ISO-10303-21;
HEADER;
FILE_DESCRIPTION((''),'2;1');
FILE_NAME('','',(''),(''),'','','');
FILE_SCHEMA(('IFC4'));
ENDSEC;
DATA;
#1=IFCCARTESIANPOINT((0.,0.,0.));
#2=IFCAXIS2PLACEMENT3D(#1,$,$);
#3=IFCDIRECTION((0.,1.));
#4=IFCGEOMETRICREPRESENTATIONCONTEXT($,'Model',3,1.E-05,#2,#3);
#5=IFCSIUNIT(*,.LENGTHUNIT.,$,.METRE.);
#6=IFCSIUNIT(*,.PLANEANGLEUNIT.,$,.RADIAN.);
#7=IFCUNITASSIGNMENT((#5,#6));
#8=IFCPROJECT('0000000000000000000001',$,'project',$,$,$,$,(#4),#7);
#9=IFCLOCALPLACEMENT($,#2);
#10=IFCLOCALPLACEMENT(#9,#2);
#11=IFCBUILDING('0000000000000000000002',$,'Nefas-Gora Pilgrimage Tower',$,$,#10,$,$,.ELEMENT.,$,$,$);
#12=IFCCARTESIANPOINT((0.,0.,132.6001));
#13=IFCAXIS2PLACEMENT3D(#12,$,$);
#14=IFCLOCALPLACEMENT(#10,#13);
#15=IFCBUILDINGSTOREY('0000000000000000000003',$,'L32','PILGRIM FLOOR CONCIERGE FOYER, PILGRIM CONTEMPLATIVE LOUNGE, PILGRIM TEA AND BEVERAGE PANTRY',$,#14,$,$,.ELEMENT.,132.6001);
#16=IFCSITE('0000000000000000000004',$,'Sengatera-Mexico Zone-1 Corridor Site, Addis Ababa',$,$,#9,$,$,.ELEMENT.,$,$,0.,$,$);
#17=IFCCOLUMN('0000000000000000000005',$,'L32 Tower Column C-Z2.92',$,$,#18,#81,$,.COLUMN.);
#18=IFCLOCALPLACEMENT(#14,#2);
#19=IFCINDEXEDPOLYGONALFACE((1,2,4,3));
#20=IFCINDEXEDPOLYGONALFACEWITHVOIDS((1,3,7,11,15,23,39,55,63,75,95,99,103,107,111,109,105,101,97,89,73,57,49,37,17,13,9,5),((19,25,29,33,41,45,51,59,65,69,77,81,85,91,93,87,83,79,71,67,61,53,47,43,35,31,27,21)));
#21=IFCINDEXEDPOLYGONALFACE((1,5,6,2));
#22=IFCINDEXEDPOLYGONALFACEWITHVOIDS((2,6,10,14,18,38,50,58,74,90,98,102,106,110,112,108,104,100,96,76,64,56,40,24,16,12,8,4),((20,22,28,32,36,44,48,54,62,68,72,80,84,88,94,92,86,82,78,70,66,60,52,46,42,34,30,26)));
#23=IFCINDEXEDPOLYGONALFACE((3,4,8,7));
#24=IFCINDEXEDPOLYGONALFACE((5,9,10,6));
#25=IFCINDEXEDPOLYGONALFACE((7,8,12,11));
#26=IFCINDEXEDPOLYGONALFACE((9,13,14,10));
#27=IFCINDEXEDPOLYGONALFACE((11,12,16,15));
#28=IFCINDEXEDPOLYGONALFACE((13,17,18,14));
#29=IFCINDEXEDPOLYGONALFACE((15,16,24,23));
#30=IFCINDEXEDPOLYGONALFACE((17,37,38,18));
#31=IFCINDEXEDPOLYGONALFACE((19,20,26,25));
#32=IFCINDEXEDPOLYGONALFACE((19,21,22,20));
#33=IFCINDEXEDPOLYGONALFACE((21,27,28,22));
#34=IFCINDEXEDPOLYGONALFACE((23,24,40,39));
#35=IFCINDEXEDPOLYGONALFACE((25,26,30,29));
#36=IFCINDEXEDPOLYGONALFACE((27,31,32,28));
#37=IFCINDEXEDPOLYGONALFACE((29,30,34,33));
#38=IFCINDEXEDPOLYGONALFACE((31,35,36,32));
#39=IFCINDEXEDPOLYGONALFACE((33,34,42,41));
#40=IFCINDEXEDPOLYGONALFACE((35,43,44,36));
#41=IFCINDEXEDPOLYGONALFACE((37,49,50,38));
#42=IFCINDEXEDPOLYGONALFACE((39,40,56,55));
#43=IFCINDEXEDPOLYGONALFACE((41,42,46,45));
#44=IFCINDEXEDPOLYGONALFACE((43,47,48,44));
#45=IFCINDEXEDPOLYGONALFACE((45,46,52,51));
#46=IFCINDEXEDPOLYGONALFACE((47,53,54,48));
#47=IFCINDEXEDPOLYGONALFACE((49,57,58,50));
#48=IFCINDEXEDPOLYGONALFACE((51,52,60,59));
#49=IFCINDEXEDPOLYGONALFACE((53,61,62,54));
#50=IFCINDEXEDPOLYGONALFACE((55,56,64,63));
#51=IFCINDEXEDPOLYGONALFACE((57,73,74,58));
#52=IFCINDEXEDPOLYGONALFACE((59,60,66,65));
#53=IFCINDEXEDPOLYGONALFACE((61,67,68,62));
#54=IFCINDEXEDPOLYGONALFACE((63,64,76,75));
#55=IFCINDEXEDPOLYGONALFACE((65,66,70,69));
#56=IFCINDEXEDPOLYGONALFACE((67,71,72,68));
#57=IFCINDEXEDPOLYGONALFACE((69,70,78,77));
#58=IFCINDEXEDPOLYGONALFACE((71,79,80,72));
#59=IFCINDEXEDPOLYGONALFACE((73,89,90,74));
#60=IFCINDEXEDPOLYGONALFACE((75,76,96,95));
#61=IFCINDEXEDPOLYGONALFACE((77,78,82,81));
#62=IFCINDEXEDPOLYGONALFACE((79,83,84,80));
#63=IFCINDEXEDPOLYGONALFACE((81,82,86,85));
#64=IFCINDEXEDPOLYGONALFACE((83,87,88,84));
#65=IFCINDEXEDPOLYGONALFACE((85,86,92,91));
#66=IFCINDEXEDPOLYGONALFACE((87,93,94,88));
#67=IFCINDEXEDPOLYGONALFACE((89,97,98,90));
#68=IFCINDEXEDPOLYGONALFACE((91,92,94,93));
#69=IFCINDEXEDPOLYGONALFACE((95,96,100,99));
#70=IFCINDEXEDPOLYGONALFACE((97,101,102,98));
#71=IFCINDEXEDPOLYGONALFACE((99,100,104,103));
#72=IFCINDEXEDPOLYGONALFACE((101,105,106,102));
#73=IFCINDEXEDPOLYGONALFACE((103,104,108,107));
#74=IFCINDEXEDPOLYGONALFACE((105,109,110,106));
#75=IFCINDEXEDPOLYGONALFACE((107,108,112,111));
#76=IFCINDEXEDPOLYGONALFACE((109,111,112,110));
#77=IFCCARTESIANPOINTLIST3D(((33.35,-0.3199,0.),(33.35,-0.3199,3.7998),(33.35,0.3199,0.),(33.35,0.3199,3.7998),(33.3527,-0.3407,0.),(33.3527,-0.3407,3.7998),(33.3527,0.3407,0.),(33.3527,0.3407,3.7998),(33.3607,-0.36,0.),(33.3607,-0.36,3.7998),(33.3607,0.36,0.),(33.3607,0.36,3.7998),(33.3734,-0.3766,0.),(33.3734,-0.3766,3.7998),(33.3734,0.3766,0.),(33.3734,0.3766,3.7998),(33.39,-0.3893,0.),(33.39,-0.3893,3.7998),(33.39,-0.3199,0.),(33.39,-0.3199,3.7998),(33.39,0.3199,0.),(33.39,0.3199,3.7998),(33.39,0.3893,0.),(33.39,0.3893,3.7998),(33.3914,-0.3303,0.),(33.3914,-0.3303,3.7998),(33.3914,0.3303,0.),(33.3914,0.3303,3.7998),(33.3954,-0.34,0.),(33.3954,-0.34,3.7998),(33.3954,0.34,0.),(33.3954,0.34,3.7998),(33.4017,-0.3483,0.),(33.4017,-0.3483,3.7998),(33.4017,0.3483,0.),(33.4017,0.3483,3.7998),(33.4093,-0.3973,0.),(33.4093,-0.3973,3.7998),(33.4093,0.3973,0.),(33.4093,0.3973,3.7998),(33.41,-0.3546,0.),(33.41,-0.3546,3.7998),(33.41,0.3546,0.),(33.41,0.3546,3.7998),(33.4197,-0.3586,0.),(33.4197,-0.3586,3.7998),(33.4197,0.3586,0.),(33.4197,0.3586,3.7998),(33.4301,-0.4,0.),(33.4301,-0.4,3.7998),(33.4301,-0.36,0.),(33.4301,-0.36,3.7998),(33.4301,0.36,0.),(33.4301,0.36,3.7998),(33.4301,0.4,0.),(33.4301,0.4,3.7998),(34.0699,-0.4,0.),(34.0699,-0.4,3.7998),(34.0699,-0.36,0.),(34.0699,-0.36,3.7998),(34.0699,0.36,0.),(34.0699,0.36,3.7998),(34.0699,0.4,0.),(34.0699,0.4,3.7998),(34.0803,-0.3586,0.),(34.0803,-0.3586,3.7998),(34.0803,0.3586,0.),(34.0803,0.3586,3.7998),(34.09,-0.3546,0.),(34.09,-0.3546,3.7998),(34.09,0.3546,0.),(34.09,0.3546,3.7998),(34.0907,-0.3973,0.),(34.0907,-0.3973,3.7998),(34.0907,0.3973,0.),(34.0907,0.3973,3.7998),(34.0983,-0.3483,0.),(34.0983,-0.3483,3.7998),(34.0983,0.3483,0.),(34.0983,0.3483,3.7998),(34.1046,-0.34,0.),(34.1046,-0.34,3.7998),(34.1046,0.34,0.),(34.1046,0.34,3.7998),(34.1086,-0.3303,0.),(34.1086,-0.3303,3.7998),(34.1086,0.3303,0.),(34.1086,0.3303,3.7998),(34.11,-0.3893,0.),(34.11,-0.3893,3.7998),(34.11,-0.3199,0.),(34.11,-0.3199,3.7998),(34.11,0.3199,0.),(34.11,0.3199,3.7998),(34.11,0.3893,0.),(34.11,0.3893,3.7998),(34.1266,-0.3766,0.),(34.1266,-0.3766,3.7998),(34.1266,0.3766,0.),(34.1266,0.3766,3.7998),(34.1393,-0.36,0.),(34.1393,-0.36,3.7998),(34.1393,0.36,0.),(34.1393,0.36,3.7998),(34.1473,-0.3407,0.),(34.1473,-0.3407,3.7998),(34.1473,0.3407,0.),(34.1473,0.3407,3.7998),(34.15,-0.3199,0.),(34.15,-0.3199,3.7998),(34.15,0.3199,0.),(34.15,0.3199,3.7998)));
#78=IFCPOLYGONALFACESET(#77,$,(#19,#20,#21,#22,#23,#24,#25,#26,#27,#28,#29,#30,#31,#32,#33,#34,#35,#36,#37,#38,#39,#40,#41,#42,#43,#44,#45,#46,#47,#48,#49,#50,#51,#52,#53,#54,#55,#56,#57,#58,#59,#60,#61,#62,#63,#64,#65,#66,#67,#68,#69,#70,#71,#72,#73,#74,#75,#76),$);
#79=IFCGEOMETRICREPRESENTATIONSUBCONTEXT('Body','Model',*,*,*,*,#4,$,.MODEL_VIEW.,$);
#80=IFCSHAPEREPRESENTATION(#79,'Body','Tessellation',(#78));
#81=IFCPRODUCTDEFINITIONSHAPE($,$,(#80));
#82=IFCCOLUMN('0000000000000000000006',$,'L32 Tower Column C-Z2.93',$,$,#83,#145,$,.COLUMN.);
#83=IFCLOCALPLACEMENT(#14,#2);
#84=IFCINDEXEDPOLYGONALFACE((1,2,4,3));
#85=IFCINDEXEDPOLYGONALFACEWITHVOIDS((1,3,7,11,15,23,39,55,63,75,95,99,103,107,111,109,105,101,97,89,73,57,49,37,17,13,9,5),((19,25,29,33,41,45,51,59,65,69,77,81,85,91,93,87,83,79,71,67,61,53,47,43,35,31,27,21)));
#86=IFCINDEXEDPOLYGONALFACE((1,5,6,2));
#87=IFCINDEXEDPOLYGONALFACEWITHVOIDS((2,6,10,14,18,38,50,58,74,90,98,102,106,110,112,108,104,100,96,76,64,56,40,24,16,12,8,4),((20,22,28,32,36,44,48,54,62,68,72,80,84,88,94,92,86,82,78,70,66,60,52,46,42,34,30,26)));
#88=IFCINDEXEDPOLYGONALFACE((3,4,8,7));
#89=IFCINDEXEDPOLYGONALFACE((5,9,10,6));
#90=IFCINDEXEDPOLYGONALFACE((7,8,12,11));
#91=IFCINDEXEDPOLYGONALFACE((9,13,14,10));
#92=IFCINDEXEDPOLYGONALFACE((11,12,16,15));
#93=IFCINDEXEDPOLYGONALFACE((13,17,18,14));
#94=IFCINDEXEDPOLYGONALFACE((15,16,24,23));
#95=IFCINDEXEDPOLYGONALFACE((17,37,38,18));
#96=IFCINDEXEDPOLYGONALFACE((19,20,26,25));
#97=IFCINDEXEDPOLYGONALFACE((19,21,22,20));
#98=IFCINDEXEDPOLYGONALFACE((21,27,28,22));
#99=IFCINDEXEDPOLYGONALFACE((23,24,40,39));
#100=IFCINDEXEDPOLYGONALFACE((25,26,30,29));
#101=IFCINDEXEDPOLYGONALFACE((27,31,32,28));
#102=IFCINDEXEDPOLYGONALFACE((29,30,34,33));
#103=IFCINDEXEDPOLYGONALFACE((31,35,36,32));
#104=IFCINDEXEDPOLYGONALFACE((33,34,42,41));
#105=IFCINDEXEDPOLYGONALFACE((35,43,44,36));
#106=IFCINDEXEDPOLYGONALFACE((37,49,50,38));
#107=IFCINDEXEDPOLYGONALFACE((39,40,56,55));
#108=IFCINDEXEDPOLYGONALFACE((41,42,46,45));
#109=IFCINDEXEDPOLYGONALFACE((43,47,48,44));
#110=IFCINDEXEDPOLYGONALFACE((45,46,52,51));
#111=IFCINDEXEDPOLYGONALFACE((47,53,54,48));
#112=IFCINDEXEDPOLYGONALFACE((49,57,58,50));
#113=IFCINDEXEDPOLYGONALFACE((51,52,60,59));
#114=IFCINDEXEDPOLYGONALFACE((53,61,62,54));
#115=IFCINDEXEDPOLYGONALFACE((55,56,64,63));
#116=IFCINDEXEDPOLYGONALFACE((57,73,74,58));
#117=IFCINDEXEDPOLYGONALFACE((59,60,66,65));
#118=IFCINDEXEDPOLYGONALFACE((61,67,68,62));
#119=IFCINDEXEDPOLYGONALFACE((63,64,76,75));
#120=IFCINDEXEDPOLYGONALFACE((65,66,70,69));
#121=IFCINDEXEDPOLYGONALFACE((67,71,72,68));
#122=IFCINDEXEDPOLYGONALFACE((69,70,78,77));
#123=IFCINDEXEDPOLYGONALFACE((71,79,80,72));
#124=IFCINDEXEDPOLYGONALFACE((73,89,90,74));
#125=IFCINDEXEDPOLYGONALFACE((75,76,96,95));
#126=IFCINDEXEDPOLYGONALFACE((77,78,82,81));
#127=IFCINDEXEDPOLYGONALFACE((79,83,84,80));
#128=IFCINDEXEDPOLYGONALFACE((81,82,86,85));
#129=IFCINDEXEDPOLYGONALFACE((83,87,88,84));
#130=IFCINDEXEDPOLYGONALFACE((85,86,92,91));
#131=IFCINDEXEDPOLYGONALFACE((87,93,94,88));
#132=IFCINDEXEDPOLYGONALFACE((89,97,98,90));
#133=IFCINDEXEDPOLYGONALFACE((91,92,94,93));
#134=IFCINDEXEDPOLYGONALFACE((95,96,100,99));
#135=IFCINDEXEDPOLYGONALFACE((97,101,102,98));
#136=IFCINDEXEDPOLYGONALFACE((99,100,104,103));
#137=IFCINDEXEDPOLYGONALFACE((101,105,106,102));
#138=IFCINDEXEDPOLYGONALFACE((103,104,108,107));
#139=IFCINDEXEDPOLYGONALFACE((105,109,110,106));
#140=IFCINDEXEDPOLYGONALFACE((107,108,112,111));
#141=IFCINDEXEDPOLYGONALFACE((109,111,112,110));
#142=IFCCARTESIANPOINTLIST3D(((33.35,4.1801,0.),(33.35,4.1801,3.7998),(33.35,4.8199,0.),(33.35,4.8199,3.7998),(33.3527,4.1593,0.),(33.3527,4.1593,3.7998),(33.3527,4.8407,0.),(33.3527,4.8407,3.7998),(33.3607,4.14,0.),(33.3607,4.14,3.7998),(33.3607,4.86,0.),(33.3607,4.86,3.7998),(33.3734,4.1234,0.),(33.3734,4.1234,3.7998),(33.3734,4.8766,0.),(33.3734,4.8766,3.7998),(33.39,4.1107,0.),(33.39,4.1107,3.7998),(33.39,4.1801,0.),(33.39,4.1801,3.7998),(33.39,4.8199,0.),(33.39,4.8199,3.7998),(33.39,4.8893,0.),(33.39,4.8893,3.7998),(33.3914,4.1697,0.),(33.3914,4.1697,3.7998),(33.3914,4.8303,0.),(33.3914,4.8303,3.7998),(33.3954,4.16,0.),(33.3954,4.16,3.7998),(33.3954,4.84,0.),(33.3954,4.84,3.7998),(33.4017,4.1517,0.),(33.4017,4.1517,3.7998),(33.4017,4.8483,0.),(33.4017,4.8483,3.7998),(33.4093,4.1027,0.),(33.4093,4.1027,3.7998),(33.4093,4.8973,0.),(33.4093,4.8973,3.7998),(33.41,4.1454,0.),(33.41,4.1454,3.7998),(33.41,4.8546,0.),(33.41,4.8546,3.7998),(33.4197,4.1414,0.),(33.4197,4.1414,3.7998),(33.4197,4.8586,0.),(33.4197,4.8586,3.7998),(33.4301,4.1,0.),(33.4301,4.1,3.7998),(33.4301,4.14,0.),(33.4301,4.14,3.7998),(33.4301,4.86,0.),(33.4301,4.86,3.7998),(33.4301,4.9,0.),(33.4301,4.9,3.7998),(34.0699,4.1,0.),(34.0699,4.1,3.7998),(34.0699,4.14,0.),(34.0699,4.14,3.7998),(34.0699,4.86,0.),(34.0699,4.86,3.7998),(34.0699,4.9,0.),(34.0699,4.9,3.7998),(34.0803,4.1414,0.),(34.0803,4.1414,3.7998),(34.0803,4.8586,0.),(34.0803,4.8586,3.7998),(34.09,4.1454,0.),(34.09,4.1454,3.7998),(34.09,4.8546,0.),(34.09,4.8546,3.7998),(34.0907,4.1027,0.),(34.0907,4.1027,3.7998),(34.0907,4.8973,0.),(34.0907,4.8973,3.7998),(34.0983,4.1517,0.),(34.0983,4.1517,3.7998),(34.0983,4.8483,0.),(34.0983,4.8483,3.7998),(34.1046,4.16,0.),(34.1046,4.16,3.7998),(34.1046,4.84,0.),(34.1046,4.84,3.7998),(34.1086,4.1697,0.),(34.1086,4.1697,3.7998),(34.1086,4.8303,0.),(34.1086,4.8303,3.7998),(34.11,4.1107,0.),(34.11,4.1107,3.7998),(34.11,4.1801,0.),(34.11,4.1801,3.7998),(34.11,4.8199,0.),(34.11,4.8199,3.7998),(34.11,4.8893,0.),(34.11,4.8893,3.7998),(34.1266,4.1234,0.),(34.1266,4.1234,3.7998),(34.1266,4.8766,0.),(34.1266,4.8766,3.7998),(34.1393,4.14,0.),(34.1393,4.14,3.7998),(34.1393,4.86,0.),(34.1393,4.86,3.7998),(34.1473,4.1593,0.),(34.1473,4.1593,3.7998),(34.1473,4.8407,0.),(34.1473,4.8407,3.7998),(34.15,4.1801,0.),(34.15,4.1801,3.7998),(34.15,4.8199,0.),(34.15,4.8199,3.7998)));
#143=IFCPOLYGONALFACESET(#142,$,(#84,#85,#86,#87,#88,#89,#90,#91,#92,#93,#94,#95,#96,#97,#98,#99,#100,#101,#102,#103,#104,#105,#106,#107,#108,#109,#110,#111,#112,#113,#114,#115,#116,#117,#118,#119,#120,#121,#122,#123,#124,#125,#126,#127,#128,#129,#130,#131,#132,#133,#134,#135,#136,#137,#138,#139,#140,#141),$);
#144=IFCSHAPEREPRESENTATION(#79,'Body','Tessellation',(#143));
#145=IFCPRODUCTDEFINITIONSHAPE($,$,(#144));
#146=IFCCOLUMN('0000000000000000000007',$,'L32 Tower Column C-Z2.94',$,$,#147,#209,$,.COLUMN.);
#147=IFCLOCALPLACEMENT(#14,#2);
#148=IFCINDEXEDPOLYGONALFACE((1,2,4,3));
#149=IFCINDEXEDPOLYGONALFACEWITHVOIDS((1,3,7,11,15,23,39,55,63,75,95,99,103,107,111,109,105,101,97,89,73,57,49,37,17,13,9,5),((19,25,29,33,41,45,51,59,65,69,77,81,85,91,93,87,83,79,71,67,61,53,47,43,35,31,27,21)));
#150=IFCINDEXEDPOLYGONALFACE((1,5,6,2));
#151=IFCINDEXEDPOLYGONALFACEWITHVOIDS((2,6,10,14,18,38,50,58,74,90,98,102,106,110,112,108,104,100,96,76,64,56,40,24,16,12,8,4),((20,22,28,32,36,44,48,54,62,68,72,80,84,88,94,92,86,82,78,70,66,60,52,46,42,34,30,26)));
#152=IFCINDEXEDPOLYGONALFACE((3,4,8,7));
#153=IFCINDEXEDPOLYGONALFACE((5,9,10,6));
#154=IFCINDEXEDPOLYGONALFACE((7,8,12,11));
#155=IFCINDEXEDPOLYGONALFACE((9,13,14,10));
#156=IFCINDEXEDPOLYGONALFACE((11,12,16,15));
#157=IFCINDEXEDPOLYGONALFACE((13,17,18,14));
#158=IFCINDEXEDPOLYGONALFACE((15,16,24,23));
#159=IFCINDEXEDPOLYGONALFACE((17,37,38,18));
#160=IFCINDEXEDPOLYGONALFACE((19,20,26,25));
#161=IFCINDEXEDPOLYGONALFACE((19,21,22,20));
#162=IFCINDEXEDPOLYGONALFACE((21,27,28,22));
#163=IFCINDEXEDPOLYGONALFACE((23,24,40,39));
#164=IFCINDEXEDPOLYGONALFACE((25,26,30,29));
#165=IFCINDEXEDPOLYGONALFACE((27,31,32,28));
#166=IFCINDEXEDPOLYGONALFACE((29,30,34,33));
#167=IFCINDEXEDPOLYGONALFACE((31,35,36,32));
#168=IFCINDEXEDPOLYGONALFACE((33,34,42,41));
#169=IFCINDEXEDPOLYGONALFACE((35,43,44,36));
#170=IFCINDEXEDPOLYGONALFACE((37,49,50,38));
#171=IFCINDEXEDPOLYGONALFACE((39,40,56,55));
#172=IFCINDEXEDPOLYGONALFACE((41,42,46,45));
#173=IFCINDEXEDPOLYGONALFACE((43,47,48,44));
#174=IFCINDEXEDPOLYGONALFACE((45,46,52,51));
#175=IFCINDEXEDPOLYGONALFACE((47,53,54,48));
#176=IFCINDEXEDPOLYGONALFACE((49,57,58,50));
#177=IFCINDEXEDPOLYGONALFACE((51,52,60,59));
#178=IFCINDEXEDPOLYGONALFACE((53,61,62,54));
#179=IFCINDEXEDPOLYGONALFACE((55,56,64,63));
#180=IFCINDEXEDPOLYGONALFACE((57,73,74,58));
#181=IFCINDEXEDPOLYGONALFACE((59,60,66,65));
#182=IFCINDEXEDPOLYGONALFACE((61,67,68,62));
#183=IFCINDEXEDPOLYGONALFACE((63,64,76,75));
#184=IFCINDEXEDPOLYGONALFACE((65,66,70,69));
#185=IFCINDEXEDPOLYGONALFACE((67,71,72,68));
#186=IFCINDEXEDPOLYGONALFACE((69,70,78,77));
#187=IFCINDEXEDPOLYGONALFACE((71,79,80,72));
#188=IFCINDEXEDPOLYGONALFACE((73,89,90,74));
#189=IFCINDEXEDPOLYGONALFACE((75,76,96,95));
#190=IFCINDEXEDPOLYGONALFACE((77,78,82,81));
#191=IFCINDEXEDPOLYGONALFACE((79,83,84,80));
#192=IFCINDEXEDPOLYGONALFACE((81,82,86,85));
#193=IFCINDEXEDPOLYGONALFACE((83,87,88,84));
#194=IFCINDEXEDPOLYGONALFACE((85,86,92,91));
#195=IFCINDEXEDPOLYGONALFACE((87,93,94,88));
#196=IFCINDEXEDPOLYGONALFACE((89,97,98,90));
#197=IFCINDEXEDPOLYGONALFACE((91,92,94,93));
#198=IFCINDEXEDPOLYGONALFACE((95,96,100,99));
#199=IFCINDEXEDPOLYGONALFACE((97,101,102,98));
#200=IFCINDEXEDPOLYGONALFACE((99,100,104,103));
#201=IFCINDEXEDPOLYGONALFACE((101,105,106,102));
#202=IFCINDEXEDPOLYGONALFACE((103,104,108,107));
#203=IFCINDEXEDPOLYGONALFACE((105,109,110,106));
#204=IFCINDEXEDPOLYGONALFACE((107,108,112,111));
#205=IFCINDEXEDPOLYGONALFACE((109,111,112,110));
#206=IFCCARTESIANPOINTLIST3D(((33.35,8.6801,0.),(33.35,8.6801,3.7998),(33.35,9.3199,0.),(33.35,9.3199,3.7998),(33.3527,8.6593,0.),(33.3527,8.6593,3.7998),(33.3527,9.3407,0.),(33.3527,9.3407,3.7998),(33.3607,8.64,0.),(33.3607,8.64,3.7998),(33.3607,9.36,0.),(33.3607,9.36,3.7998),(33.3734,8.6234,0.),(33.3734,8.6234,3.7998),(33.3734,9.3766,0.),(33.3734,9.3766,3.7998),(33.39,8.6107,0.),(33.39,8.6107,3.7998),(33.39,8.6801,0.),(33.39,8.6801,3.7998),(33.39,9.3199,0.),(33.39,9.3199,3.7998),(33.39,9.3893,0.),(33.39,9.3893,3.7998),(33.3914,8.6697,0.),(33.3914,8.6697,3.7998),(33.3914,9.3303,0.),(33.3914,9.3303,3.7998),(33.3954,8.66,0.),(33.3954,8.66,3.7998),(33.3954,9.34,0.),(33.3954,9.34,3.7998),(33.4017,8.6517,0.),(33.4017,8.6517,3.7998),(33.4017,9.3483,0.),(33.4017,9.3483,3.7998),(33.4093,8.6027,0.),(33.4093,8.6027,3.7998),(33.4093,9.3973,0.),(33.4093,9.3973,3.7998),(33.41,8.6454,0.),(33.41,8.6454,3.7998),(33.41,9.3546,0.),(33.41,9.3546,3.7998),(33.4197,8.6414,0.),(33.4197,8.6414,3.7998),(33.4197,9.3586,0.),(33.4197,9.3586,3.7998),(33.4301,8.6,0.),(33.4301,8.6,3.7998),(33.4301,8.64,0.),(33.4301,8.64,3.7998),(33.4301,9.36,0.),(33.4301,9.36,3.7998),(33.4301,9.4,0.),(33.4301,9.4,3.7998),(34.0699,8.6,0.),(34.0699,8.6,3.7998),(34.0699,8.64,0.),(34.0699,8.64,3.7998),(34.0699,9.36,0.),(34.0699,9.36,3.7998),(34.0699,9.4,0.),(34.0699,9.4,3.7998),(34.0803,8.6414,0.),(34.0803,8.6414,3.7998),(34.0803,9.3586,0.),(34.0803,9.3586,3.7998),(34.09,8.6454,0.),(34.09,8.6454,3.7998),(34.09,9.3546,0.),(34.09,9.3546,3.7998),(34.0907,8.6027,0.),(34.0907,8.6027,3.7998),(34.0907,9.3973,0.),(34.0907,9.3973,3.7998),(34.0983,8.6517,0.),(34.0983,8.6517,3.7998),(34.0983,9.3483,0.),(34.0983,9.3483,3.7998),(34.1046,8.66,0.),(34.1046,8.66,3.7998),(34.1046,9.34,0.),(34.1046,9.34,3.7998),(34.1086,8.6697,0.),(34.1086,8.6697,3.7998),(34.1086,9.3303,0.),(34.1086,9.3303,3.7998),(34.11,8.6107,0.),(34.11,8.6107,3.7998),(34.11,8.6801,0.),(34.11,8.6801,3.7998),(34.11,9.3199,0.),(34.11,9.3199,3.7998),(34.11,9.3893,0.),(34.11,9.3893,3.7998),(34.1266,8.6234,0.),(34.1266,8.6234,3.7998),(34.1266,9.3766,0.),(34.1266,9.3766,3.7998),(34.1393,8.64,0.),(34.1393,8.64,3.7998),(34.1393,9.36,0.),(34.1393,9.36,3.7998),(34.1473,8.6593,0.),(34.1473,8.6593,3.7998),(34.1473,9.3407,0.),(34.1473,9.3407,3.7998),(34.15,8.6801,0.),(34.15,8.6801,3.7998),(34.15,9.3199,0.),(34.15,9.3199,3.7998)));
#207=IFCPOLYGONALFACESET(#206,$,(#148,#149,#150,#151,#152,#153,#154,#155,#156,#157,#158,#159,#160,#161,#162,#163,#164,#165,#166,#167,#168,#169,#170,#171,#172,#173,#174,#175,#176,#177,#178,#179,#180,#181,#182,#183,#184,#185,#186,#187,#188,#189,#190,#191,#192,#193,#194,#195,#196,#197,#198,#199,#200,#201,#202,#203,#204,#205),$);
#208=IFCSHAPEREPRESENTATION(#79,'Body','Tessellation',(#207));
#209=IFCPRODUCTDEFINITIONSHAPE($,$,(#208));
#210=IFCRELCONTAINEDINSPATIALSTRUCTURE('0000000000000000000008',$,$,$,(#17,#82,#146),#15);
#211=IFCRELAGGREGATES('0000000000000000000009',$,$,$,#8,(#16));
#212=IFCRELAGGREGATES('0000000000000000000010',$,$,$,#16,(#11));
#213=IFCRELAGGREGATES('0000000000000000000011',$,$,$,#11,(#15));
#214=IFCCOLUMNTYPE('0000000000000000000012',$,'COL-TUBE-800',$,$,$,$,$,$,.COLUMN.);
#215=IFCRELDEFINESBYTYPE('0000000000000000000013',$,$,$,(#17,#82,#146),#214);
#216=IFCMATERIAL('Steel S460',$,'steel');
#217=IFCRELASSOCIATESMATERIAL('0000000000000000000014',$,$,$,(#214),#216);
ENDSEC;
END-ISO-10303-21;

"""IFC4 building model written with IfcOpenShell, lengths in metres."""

from ifc_helpers import new_model, si_unit, direction, frame, origin, origin_2d, place, context, subcontext, project, spatial, hollow_rectangle, extrude, source, transform, mapped, material, material_profile, profile_set, type_object, element, save


model = new_model("IFC4")

# Units and contexts
model_context = context("Model", 3, precision=1e-05, world=origin(), true_north=direction((0.0, 1.0)))
body_context = subcontext(model_context, "Body", "Model", "MODEL_VIEW")
ifc_project = project(units=[si_unit("LENGTHUNIT", "METRE"), si_unit("PLANEANGLEUNIT", "RADIAN")], contexts=[model_context])

# Site, building, storey
site_placement = place(None, origin())
site = spatial("IfcSite", under=ifc_project, at=site_placement, Name="Sengatera-Mexico Zone-1 Corridor Site, Addis Ababa", CompositionType="ELEMENT", RefElevation=0.0)
building_placement = place(site_placement, origin())
building = spatial("IfcBuilding", under=site, at=building_placement, Name="Nefas-Gora Pilgrimage Tower", CompositionType="ELEMENT")
storey_placement = place(building_placement, frame((0.0, 0.0, 132.6001)))
storey = spatial("IfcBuildingStorey", under=building, at=storey_placement, Name="L32", Description="PILGRIM FLOOR CONCIERGE FOYER, PILGRIM CONTEMPLATIVE LOUNGE, PILGRIM TEA AND BEVERAGE PANTRY", CompositionType="ELEMENT", Elevation=132.6001)

# Columns
ifc_material_1 = material(Name="Steel S460", Category="steel")
ifc_material_profile_1 = material_profile(ifc_material_1, hollow_rectangle(XDim=0.8, YDim=0.8, WallThickness=0.04, InnerFilletRadius=0.04, OuterFilletRadius=0.0801, at=origin_2d()), Name="BOX 800x800x40")
ifc_profile_set_1 = profile_set([ifc_material_profile_1], Name="Steel S460")
column_type_1 = type_object("IfcColumnType", Name="COL-TUBE-800", PredefinedType="COLUMN", material=ifc_profile_set_1)
shared_shape_1 = source(origin(), body_context, "Body", "SweptSolid", [
    extrude(hollow_rectangle(XDim=0.8, YDim=0.8, WallThickness=0.04, InnerFilletRadius=0.04, OuterFilletRadius=0.0801, at=origin_2d()), origin(), (0.0, 0.0, 1.0), 3.7998),
])
for number, where, z_axis, x_axis, name in (
    (1, (33.75, 0.0, 0.0), (0.0, 0.0, 1.0), (1.0, 0.0, 0.0), "L32 Tower Column C-Z2.92"),
    (2, (33.75, 4.5, 0.0), (0.0, 0.0, 1.0), (1.0, 0.0, 0.0), "L32 Tower Column C-Z2.93"),
    (3, (33.75, 9.0, 0.0), (0.0, 0.0, 1.0), (1.0, 0.0, 0.0), "L32 Tower Column C-Z2.94"),
):
    element("IfcColumn", number, at=place(storey_placement, frame(where, z_axis=z_axis, x_axis=x_axis)), inside=storey, type_object=column_type_1, Name=name, PredefinedType="COLUMN", context=body_context, shape_type="MappedRepresentation", body=[
        mapped(shared_shape_1, transform((0.0, 0.0, 0.0), x_axis=(1.0, 0.0, 0.0), y_axis=(0.0, 1.0, 0.0), z_axis=(0.0, 0.0, 1.0), scale=1.0)),
    ])

save(model, "model.ifc")
